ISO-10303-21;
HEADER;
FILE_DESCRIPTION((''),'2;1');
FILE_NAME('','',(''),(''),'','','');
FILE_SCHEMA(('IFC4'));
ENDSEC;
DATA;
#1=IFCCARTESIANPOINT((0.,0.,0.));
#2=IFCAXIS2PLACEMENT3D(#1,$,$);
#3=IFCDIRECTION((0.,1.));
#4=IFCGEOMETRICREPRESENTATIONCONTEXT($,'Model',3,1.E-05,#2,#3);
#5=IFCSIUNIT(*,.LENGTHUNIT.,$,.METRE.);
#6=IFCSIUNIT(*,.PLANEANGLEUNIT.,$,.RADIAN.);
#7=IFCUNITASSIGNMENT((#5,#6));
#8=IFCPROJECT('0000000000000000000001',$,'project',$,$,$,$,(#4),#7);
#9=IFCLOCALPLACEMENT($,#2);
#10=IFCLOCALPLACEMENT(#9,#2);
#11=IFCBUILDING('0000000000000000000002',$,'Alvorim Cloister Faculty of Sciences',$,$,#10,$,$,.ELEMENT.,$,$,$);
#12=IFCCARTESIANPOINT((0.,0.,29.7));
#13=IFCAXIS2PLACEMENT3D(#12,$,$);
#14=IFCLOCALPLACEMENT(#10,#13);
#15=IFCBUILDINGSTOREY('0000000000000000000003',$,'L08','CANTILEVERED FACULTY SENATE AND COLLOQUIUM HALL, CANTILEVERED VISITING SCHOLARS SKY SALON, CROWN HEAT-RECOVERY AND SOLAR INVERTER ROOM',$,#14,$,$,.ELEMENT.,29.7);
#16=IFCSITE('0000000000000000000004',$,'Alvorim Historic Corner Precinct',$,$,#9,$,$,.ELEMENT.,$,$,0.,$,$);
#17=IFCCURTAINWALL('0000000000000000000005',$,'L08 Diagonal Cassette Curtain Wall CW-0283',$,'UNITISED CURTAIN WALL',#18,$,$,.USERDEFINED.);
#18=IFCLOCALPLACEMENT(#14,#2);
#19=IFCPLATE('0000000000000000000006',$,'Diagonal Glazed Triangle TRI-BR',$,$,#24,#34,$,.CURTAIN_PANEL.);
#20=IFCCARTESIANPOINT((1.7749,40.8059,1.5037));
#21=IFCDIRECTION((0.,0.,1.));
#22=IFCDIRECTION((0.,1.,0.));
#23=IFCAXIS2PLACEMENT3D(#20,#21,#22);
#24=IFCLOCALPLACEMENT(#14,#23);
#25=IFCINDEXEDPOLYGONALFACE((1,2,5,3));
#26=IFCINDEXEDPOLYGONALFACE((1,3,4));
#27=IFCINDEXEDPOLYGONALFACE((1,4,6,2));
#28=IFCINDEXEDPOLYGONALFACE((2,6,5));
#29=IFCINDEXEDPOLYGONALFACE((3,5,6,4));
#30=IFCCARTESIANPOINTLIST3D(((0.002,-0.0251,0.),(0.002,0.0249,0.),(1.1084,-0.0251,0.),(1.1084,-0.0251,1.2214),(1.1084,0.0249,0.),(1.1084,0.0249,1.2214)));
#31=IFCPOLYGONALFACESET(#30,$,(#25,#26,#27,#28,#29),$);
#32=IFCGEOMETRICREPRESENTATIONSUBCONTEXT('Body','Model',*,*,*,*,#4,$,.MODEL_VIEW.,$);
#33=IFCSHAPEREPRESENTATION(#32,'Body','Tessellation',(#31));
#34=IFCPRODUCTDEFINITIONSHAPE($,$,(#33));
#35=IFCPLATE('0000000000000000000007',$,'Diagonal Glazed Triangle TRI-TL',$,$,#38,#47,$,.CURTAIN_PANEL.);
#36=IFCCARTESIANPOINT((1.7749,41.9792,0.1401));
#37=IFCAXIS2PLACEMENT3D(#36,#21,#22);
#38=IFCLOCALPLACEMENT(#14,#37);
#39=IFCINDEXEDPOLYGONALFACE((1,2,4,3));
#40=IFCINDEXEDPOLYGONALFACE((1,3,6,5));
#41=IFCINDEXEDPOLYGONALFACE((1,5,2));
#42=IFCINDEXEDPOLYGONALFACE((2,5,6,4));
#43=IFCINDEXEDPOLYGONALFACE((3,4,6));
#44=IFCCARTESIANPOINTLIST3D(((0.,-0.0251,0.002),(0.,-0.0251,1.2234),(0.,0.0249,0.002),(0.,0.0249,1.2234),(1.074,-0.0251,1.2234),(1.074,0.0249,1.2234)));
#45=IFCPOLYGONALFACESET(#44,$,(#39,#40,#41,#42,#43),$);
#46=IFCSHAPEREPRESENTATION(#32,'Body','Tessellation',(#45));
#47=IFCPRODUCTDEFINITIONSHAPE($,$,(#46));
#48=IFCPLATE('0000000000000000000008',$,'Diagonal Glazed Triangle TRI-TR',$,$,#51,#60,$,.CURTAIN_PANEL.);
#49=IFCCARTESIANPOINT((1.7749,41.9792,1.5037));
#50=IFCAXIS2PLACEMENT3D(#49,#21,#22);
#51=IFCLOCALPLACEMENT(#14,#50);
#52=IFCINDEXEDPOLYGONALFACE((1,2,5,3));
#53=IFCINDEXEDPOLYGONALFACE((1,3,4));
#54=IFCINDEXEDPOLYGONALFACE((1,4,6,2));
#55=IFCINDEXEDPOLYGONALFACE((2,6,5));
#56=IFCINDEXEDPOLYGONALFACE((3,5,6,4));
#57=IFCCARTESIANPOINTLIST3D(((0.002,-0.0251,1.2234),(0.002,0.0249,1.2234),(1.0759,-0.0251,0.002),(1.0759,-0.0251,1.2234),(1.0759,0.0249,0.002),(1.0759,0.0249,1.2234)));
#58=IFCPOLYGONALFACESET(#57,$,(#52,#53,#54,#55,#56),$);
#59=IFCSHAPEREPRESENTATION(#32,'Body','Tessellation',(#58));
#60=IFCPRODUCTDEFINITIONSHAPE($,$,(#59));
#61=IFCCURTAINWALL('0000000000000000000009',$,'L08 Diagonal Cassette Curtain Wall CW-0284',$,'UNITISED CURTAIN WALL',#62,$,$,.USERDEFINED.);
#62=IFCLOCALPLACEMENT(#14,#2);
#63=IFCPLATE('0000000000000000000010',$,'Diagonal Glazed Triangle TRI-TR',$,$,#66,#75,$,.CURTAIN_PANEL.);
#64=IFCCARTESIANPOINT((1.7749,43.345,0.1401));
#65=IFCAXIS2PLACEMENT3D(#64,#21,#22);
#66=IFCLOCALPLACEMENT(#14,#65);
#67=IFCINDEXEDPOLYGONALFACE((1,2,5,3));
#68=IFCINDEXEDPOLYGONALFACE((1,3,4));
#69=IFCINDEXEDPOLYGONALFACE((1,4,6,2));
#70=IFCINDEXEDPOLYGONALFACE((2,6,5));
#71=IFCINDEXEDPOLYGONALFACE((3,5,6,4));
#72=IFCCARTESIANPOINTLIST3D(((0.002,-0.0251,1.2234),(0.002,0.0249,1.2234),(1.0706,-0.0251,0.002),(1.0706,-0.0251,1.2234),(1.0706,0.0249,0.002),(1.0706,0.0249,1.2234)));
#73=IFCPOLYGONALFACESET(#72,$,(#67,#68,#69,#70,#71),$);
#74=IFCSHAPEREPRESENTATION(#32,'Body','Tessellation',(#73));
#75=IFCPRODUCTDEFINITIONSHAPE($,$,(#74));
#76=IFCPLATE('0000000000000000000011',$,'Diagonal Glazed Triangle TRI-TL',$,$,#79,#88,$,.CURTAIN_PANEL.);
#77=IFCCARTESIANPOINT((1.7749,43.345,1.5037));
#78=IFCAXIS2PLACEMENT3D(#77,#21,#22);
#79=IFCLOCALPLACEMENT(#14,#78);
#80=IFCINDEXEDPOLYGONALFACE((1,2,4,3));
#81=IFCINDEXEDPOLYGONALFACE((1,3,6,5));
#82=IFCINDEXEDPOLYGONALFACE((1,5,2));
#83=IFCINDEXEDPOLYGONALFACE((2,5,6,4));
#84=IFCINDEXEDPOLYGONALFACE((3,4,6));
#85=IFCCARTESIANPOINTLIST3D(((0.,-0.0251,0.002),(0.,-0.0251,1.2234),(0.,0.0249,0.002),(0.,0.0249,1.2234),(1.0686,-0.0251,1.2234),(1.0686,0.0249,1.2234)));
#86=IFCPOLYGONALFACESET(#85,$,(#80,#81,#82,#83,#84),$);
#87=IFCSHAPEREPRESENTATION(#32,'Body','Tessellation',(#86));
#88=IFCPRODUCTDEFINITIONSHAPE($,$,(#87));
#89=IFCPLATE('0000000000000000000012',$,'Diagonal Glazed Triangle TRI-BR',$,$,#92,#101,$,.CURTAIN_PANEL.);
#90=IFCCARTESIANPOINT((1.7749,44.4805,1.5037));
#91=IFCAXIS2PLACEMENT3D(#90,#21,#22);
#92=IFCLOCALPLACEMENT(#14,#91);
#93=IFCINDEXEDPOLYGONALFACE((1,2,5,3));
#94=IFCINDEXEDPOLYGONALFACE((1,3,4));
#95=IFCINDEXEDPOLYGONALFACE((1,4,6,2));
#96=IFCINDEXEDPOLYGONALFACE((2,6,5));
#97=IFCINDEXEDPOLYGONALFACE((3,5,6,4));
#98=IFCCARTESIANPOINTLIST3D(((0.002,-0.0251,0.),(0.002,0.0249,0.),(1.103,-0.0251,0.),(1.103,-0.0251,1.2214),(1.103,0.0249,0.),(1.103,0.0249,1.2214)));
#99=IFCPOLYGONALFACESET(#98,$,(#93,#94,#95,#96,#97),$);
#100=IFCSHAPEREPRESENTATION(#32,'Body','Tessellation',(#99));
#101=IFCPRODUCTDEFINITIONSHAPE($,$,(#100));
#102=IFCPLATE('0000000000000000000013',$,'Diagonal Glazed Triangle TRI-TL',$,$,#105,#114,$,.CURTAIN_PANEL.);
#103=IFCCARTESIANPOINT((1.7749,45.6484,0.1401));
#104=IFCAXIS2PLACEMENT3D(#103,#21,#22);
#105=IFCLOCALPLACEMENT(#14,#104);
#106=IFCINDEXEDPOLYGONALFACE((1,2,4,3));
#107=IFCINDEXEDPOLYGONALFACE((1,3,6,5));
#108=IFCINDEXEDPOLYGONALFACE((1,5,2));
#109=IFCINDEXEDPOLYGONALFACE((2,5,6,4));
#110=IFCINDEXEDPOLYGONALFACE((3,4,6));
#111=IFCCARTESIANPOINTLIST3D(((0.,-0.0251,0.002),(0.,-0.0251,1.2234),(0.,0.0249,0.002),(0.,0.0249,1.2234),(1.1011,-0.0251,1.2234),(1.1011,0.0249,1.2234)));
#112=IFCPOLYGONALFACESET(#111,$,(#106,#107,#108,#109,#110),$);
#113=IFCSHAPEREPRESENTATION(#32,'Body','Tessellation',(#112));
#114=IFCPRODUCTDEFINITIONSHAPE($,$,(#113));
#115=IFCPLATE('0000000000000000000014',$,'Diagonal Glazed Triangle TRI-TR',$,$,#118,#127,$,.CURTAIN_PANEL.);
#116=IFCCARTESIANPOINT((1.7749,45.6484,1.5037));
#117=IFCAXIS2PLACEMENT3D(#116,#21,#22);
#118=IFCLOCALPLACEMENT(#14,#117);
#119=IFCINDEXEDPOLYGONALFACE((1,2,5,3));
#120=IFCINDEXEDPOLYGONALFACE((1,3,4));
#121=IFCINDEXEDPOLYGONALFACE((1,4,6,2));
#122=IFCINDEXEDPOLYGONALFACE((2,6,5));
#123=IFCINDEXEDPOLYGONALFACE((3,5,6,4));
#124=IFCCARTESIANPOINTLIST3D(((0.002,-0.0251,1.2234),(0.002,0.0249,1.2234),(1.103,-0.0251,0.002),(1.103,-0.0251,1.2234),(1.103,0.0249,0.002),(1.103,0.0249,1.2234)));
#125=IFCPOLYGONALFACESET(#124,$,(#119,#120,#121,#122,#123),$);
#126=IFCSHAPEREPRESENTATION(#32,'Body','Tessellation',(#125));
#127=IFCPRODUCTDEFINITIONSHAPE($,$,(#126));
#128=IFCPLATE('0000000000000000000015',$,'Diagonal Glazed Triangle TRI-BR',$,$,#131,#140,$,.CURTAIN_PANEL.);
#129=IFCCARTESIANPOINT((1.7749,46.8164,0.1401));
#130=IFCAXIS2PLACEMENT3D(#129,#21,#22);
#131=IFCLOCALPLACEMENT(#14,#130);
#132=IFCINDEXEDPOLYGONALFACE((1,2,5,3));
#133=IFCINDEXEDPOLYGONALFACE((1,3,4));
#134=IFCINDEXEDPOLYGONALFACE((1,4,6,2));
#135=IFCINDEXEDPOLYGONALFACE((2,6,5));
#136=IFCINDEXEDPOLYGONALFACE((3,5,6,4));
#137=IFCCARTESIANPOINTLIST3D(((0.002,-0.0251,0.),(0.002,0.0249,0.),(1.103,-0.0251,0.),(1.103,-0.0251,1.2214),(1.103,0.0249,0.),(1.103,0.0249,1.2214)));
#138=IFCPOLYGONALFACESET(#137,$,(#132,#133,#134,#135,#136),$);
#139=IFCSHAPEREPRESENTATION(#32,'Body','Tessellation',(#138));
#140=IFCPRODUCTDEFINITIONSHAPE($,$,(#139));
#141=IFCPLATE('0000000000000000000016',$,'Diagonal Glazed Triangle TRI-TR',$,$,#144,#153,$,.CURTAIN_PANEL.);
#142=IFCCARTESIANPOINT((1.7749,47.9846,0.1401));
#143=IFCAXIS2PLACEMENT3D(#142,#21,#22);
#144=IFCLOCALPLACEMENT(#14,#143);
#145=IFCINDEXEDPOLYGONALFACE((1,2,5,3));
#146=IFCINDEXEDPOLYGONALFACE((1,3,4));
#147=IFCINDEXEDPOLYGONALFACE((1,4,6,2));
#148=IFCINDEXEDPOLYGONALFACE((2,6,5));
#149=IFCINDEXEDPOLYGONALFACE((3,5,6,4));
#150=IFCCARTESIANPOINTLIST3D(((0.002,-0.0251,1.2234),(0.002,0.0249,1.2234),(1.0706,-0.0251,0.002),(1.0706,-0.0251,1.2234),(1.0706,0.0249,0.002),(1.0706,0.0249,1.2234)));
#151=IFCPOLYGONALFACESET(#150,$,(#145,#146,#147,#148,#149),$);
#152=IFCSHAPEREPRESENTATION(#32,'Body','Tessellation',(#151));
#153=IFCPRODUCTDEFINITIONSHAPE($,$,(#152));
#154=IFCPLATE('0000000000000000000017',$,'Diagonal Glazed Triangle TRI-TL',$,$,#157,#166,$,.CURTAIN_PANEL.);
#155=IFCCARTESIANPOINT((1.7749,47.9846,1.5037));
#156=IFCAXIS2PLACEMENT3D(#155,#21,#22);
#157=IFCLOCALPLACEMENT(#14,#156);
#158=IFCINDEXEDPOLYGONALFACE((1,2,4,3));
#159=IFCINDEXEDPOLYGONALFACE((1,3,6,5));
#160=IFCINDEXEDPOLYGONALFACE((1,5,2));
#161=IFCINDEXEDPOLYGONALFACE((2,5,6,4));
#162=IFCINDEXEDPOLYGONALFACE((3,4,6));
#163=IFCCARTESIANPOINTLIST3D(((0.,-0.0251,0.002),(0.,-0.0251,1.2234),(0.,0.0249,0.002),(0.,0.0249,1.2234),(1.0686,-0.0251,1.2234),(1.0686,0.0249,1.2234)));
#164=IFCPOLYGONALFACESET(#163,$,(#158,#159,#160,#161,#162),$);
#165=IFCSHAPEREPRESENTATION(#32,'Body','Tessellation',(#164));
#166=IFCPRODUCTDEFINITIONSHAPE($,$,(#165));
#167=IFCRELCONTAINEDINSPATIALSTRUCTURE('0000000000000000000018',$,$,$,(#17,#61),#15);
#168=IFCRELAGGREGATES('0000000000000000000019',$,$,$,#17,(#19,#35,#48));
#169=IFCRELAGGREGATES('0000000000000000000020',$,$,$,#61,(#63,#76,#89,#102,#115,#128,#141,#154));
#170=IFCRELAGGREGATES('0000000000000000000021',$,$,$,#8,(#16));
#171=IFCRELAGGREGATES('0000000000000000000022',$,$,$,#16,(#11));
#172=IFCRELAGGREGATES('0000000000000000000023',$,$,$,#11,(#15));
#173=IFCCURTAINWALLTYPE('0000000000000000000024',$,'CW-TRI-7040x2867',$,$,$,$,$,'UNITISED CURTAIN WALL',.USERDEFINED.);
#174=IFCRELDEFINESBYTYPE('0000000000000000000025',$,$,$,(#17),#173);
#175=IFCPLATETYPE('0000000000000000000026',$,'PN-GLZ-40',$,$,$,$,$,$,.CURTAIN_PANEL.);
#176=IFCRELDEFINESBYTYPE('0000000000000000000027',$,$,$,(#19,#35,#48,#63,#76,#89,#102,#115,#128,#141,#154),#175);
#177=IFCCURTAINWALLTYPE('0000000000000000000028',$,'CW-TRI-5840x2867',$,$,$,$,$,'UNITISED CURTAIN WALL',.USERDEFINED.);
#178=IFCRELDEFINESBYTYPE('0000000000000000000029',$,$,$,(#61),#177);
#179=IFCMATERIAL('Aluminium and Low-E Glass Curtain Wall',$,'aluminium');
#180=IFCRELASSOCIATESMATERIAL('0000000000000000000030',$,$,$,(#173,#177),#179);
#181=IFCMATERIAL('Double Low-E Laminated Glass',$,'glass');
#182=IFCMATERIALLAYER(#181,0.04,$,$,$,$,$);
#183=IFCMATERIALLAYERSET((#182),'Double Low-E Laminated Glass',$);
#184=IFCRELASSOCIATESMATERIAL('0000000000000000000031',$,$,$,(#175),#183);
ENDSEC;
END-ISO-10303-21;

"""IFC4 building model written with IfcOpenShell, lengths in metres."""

from ifc_helpers import new_model, si_unit, direction, frame, origin, place, context, subcontext, project, spatial, polyline, outline, extrude, material, layer, layer_set, type_object, element, aggregate, save


model = new_model("IFC4")

# Units and contexts
model_context = context("Model", 3, precision=1e-05, world=origin(), true_north=direction((0.0, 1.0)))
body_context = subcontext(model_context, "Body", "Model", "MODEL_VIEW")
ifc_project = project(units=[si_unit("LENGTHUNIT", "METRE"), si_unit("PLANEANGLEUNIT", "RADIAN")], contexts=[model_context])

# Site, building, storey
site_placement = place(None, origin())
site = spatial("IfcSite", under=ifc_project, at=site_placement, Name="Alvorim Historic Corner Precinct", CompositionType="ELEMENT", RefElevation=0.0)
building_placement = place(site_placement, origin())
building = spatial("IfcBuilding", under=site, at=building_placement, Name="Alvorim Cloister Faculty of Sciences", CompositionType="ELEMENT")
storey_placement = place(building_placement, frame((0.0, 0.0, 29.7)))
storey = spatial("IfcBuildingStorey", under=building, at=storey_placement, Name="L08", Description="CANTILEVERED FACULTY SENATE AND COLLOQUIUM HALL, CANTILEVERED VISITING SCHOLARS SKY SALON, CROWN HEAT-RECOVERY AND SOLAR INVERTER ROOM", CompositionType="ELEMENT", Elevation=29.7)

# Curtain wall, plates
ifc_material_1 = material(Name="Aluminium and Low-E Glass Curtain Wall", Category="aluminium")
curtain_wall_type_1 = type_object("IfcCurtainWallType", Name="CW-TRI-7040x2867", ElementType="UNITISED CURTAIN WALL", PredefinedType="USERDEFINED", material=ifc_material_1)
curtain_wall_1_placement = place(storey_placement, origin())
curtain_wall_1 = element("IfcCurtainWall", 1, at=curtain_wall_1_placement, inside=storey, type_object=curtain_wall_type_1, Name="L08 Diagonal Cassette Curtain Wall CW-0283", ObjectType="UNITISED CURTAIN WALL", PredefinedType="USERDEFINED")
ifc_material_2 = material(Name="Double Low-E Laminated Glass", Category="glass")
ifc_layer_1 = layer(ifc_material_2, 0.04)
ifc_layer_set_1 = layer_set([ifc_layer_1], Name="Double Low-E Laminated Glass")
plate_type = type_object("IfcPlateType", Name="PN-GLZ-40", PredefinedType="CURTAIN_PANEL", material=ifc_layer_set_1)
plate_1_placement = place(storey_placement, frame((1.7749, 40.8059, 1.5037), z_axis=(0.0, 0.0, 1.0), x_axis=(0.0, 1.0, 0.0)))
plate_1 = element("IfcPlate", 2, at=plate_1_placement, type_object=plate_type, Name="Diagonal Glazed Triangle TRI-BR", PredefinedType="CURTAIN_PANEL", context=body_context, shape_type="SweptSolid", body=[
    extrude(outline(polyline([(0.002, 0.0), (1.1084, 0.0), (1.1084, 1.2214), (0.002, 0.0)])), frame((0.0, 0.0249, 0.0), z_axis=(0.0, -1.0, 0.0), x_axis=(1.0, 0.0, 0.0)), (0.0, 0.0, 1.0), 0.05),
])
plate_2_placement = place(storey_placement, frame((1.7749, 41.9792, 0.1401), z_axis=(0.0, 0.0, 1.0), x_axis=(0.0, 1.0, 0.0)))
plate_2 = element("IfcPlate", 3, at=plate_2_placement, type_object=plate_type, Name="Diagonal Glazed Triangle TRI-TL", PredefinedType="CURTAIN_PANEL", context=body_context, shape_type="SweptSolid", body=[
    extrude(outline(polyline([(1.074, 1.2234), (0.0, 1.2234), (0.0, 0.002), (1.074, 1.2234)])), frame((0.0, 0.0249, 0.0), z_axis=(0.0, -1.0, 0.0), x_axis=(1.0, 0.0, 0.0)), (0.0, 0.0, 1.0), 0.05),
])
plate_3_placement = place(storey_placement, frame((1.7749, 41.9792, 1.5037), z_axis=(0.0, 0.0, 1.0), x_axis=(0.0, 1.0, 0.0)))
plate_3 = element("IfcPlate", 4, at=plate_3_placement, type_object=plate_type, Name="Diagonal Glazed Triangle TRI-TR", PredefinedType="CURTAIN_PANEL", context=body_context, shape_type="SweptSolid", body=[
    extrude(outline(polyline([(1.0759, 0.002), (1.0759, 1.2234), (0.002, 1.2234), (1.0759, 0.002)])), frame((0.0, 0.0249, 0.0), z_axis=(0.0, -1.0, 0.0), x_axis=(1.0, 0.0, 0.0)), (0.0, 0.0, 1.0), 0.05),
])
aggregate(curtain_wall_1, [plate_1, plate_2, plate_3])

# Curtain wall, plates
curtain_wall_type_2 = type_object("IfcCurtainWallType", Name="CW-TRI-5840x2867", ElementType="UNITISED CURTAIN WALL", PredefinedType="USERDEFINED", material=ifc_material_1)
curtain_wall_2_placement = place(storey_placement, origin())
curtain_wall_2 = element("IfcCurtainWall", 5, at=curtain_wall_2_placement, inside=storey, type_object=curtain_wall_type_2, Name="L08 Diagonal Cassette Curtain Wall CW-0284", ObjectType="UNITISED CURTAIN WALL", PredefinedType="USERDEFINED")
plate_4_placement = place(storey_placement, frame((1.7749, 43.345, 0.1401), z_axis=(0.0, 0.0, 1.0), x_axis=(0.0, 1.0, 0.0)))
plate_4 = element("IfcPlate", 6, at=plate_4_placement, type_object=plate_type, Name="Diagonal Glazed Triangle TRI-TR", PredefinedType="CURTAIN_PANEL", context=body_context, shape_type="SweptSolid", body=[
    extrude(outline(polyline([(1.0706, 0.002), (1.0706, 1.2234), (0.002, 1.2234), (1.0706, 0.002)])), frame((0.0, 0.0249, 0.0), z_axis=(0.0, -1.0, 0.0), x_axis=(1.0, 0.0, 0.0)), (0.0, 0.0, 1.0), 0.05),
])
plate_5_placement = place(storey_placement, frame((1.7749, 43.345, 1.5037), z_axis=(0.0, 0.0, 1.0), x_axis=(0.0, 1.0, 0.0)))
plate_5 = element("IfcPlate", 7, at=plate_5_placement, type_object=plate_type, Name="Diagonal Glazed Triangle TRI-TL", PredefinedType="CURTAIN_PANEL", context=body_context, shape_type="SweptSolid", body=[
    extrude(outline(polyline([(1.0686, 1.2234), (0.0, 1.2234), (0.0, 0.002), (1.0686, 1.2234)])), frame((0.0, 0.0249, 0.0), z_axis=(0.0, -1.0, 0.0), x_axis=(1.0, 0.0, 0.0)), (0.0, 0.0, 1.0), 0.05),
])
plate_6_placement = place(storey_placement, frame((1.7749, 44.4805, 1.5037), z_axis=(0.0, 0.0, 1.0), x_axis=(0.0, 1.0, 0.0)))
plate_6 = element("IfcPlate", 8, at=plate_6_placement, type_object=plate_type, Name="Diagonal Glazed Triangle TRI-BR", PredefinedType="CURTAIN_PANEL", context=body_context, shape_type="SweptSolid", body=[
    extrude(outline(polyline([(0.002, 0.0), (1.103, 0.0), (1.103, 1.2214), (0.002, 0.0)])), frame((0.0, 0.0249, 0.0), z_axis=(0.0, -1.0, 0.0), x_axis=(1.0, 0.0, 0.0)), (0.0, 0.0, 1.0), 0.05),
])
plate_7_placement = place(storey_placement, frame((1.7749, 45.6484, 0.1401), z_axis=(0.0, 0.0, 1.0), x_axis=(0.0, 1.0, 0.0)))
plate_7 = element("IfcPlate", 9, at=plate_7_placement, type_object=plate_type, Name="Diagonal Glazed Triangle TRI-TL", PredefinedType="CURTAIN_PANEL", context=body_context, shape_type="SweptSolid", body=[
    extrude(outline(polyline([(1.1011, 1.2234), (0.0, 1.2234), (0.0, 0.002), (1.1011, 1.2234)])), frame((0.0, 0.0249, 0.0), z_axis=(0.0, -1.0, 0.0), x_axis=(1.0, 0.0, 0.0)), (0.0, 0.0, 1.0), 0.05),
])
plate_8_placement = place(storey_placement, frame((1.7749, 45.6484, 1.5037), z_axis=(0.0, 0.0, 1.0), x_axis=(0.0, 1.0, 0.0)))
plate_8 = element("IfcPlate", 10, at=plate_8_placement, type_object=plate_type, Name="Diagonal Glazed Triangle TRI-TR", PredefinedType="CURTAIN_PANEL", context=body_context, shape_type="SweptSolid", body=[
    extrude(outline(polyline([(1.103, 0.002), (1.103, 1.2234), (0.002, 1.2234), (1.103, 0.002)])), frame((0.0, 0.0249, 0.0), z_axis=(0.0, -1.0, 0.0), x_axis=(1.0, 0.0, 0.0)), (0.0, 0.0, 1.0), 0.05),
])
plate_9_placement = place(storey_placement, frame((1.7749, 46.8164, 0.1401), z_axis=(0.0, 0.0, 1.0), x_axis=(0.0, 1.0, 0.0)))
plate_9 = element("IfcPlate", 11, at=plate_9_placement, type_object=plate_type, Name="Diagonal Glazed Triangle TRI-BR", PredefinedType="CURTAIN_PANEL", context=body_context, shape_type="SweptSolid", body=[
    extrude(outline(polyline([(0.002, 0.0), (1.103, 0.0), (1.103, 1.2214), (0.002, 0.0)])), frame((0.0, 0.0249, 0.0), z_axis=(0.0, -1.0, 0.0), x_axis=(1.0, 0.0, 0.0)), (0.0, 0.0, 1.0), 0.05),
])
plate_10_placement = place(storey_placement, frame((1.7749, 47.9846, 0.1401), z_axis=(0.0, 0.0, 1.0), x_axis=(0.0, 1.0, 0.0)))
plate_10 = element("IfcPlate", 12, at=plate_10_placement, type_object=plate_type, Name="Diagonal Glazed Triangle TRI-TR", PredefinedType="CURTAIN_PANEL", context=body_context, shape_type="SweptSolid", body=[
    extrude(outline(polyline([(1.0706, 0.002), (1.0706, 1.2234), (0.002, 1.2234), (1.0706, 0.002)])), frame((0.0, 0.0249, 0.0), z_axis=(0.0, -1.0, 0.0), x_axis=(1.0, 0.0, 0.0)), (0.0, 0.0, 1.0), 0.05),
])
plate_11_placement = place(storey_placement, frame((1.7749, 47.9846, 1.5037), z_axis=(0.0, 0.0, 1.0), x_axis=(0.0, 1.0, 0.0)))
plate_11 = element("IfcPlate", 13, at=plate_11_placement, type_object=plate_type, Name="Diagonal Glazed Triangle TRI-TL", PredefinedType="CURTAIN_PANEL", context=body_context, shape_type="SweptSolid", body=[
    extrude(outline(polyline([(1.0686, 1.2234), (0.0, 1.2234), (0.0, 0.002), (1.0686, 1.2234)])), frame((0.0, 0.0249, 0.0), z_axis=(0.0, -1.0, 0.0), x_axis=(1.0, 0.0, 0.0)), (0.0, 0.0, 1.0), 0.05),
])
aggregate(curtain_wall_2, [plate_4, plate_5, plate_6, plate_7, plate_8, plate_9, plate_10, plate_11])

save(model, "model.ifc")
